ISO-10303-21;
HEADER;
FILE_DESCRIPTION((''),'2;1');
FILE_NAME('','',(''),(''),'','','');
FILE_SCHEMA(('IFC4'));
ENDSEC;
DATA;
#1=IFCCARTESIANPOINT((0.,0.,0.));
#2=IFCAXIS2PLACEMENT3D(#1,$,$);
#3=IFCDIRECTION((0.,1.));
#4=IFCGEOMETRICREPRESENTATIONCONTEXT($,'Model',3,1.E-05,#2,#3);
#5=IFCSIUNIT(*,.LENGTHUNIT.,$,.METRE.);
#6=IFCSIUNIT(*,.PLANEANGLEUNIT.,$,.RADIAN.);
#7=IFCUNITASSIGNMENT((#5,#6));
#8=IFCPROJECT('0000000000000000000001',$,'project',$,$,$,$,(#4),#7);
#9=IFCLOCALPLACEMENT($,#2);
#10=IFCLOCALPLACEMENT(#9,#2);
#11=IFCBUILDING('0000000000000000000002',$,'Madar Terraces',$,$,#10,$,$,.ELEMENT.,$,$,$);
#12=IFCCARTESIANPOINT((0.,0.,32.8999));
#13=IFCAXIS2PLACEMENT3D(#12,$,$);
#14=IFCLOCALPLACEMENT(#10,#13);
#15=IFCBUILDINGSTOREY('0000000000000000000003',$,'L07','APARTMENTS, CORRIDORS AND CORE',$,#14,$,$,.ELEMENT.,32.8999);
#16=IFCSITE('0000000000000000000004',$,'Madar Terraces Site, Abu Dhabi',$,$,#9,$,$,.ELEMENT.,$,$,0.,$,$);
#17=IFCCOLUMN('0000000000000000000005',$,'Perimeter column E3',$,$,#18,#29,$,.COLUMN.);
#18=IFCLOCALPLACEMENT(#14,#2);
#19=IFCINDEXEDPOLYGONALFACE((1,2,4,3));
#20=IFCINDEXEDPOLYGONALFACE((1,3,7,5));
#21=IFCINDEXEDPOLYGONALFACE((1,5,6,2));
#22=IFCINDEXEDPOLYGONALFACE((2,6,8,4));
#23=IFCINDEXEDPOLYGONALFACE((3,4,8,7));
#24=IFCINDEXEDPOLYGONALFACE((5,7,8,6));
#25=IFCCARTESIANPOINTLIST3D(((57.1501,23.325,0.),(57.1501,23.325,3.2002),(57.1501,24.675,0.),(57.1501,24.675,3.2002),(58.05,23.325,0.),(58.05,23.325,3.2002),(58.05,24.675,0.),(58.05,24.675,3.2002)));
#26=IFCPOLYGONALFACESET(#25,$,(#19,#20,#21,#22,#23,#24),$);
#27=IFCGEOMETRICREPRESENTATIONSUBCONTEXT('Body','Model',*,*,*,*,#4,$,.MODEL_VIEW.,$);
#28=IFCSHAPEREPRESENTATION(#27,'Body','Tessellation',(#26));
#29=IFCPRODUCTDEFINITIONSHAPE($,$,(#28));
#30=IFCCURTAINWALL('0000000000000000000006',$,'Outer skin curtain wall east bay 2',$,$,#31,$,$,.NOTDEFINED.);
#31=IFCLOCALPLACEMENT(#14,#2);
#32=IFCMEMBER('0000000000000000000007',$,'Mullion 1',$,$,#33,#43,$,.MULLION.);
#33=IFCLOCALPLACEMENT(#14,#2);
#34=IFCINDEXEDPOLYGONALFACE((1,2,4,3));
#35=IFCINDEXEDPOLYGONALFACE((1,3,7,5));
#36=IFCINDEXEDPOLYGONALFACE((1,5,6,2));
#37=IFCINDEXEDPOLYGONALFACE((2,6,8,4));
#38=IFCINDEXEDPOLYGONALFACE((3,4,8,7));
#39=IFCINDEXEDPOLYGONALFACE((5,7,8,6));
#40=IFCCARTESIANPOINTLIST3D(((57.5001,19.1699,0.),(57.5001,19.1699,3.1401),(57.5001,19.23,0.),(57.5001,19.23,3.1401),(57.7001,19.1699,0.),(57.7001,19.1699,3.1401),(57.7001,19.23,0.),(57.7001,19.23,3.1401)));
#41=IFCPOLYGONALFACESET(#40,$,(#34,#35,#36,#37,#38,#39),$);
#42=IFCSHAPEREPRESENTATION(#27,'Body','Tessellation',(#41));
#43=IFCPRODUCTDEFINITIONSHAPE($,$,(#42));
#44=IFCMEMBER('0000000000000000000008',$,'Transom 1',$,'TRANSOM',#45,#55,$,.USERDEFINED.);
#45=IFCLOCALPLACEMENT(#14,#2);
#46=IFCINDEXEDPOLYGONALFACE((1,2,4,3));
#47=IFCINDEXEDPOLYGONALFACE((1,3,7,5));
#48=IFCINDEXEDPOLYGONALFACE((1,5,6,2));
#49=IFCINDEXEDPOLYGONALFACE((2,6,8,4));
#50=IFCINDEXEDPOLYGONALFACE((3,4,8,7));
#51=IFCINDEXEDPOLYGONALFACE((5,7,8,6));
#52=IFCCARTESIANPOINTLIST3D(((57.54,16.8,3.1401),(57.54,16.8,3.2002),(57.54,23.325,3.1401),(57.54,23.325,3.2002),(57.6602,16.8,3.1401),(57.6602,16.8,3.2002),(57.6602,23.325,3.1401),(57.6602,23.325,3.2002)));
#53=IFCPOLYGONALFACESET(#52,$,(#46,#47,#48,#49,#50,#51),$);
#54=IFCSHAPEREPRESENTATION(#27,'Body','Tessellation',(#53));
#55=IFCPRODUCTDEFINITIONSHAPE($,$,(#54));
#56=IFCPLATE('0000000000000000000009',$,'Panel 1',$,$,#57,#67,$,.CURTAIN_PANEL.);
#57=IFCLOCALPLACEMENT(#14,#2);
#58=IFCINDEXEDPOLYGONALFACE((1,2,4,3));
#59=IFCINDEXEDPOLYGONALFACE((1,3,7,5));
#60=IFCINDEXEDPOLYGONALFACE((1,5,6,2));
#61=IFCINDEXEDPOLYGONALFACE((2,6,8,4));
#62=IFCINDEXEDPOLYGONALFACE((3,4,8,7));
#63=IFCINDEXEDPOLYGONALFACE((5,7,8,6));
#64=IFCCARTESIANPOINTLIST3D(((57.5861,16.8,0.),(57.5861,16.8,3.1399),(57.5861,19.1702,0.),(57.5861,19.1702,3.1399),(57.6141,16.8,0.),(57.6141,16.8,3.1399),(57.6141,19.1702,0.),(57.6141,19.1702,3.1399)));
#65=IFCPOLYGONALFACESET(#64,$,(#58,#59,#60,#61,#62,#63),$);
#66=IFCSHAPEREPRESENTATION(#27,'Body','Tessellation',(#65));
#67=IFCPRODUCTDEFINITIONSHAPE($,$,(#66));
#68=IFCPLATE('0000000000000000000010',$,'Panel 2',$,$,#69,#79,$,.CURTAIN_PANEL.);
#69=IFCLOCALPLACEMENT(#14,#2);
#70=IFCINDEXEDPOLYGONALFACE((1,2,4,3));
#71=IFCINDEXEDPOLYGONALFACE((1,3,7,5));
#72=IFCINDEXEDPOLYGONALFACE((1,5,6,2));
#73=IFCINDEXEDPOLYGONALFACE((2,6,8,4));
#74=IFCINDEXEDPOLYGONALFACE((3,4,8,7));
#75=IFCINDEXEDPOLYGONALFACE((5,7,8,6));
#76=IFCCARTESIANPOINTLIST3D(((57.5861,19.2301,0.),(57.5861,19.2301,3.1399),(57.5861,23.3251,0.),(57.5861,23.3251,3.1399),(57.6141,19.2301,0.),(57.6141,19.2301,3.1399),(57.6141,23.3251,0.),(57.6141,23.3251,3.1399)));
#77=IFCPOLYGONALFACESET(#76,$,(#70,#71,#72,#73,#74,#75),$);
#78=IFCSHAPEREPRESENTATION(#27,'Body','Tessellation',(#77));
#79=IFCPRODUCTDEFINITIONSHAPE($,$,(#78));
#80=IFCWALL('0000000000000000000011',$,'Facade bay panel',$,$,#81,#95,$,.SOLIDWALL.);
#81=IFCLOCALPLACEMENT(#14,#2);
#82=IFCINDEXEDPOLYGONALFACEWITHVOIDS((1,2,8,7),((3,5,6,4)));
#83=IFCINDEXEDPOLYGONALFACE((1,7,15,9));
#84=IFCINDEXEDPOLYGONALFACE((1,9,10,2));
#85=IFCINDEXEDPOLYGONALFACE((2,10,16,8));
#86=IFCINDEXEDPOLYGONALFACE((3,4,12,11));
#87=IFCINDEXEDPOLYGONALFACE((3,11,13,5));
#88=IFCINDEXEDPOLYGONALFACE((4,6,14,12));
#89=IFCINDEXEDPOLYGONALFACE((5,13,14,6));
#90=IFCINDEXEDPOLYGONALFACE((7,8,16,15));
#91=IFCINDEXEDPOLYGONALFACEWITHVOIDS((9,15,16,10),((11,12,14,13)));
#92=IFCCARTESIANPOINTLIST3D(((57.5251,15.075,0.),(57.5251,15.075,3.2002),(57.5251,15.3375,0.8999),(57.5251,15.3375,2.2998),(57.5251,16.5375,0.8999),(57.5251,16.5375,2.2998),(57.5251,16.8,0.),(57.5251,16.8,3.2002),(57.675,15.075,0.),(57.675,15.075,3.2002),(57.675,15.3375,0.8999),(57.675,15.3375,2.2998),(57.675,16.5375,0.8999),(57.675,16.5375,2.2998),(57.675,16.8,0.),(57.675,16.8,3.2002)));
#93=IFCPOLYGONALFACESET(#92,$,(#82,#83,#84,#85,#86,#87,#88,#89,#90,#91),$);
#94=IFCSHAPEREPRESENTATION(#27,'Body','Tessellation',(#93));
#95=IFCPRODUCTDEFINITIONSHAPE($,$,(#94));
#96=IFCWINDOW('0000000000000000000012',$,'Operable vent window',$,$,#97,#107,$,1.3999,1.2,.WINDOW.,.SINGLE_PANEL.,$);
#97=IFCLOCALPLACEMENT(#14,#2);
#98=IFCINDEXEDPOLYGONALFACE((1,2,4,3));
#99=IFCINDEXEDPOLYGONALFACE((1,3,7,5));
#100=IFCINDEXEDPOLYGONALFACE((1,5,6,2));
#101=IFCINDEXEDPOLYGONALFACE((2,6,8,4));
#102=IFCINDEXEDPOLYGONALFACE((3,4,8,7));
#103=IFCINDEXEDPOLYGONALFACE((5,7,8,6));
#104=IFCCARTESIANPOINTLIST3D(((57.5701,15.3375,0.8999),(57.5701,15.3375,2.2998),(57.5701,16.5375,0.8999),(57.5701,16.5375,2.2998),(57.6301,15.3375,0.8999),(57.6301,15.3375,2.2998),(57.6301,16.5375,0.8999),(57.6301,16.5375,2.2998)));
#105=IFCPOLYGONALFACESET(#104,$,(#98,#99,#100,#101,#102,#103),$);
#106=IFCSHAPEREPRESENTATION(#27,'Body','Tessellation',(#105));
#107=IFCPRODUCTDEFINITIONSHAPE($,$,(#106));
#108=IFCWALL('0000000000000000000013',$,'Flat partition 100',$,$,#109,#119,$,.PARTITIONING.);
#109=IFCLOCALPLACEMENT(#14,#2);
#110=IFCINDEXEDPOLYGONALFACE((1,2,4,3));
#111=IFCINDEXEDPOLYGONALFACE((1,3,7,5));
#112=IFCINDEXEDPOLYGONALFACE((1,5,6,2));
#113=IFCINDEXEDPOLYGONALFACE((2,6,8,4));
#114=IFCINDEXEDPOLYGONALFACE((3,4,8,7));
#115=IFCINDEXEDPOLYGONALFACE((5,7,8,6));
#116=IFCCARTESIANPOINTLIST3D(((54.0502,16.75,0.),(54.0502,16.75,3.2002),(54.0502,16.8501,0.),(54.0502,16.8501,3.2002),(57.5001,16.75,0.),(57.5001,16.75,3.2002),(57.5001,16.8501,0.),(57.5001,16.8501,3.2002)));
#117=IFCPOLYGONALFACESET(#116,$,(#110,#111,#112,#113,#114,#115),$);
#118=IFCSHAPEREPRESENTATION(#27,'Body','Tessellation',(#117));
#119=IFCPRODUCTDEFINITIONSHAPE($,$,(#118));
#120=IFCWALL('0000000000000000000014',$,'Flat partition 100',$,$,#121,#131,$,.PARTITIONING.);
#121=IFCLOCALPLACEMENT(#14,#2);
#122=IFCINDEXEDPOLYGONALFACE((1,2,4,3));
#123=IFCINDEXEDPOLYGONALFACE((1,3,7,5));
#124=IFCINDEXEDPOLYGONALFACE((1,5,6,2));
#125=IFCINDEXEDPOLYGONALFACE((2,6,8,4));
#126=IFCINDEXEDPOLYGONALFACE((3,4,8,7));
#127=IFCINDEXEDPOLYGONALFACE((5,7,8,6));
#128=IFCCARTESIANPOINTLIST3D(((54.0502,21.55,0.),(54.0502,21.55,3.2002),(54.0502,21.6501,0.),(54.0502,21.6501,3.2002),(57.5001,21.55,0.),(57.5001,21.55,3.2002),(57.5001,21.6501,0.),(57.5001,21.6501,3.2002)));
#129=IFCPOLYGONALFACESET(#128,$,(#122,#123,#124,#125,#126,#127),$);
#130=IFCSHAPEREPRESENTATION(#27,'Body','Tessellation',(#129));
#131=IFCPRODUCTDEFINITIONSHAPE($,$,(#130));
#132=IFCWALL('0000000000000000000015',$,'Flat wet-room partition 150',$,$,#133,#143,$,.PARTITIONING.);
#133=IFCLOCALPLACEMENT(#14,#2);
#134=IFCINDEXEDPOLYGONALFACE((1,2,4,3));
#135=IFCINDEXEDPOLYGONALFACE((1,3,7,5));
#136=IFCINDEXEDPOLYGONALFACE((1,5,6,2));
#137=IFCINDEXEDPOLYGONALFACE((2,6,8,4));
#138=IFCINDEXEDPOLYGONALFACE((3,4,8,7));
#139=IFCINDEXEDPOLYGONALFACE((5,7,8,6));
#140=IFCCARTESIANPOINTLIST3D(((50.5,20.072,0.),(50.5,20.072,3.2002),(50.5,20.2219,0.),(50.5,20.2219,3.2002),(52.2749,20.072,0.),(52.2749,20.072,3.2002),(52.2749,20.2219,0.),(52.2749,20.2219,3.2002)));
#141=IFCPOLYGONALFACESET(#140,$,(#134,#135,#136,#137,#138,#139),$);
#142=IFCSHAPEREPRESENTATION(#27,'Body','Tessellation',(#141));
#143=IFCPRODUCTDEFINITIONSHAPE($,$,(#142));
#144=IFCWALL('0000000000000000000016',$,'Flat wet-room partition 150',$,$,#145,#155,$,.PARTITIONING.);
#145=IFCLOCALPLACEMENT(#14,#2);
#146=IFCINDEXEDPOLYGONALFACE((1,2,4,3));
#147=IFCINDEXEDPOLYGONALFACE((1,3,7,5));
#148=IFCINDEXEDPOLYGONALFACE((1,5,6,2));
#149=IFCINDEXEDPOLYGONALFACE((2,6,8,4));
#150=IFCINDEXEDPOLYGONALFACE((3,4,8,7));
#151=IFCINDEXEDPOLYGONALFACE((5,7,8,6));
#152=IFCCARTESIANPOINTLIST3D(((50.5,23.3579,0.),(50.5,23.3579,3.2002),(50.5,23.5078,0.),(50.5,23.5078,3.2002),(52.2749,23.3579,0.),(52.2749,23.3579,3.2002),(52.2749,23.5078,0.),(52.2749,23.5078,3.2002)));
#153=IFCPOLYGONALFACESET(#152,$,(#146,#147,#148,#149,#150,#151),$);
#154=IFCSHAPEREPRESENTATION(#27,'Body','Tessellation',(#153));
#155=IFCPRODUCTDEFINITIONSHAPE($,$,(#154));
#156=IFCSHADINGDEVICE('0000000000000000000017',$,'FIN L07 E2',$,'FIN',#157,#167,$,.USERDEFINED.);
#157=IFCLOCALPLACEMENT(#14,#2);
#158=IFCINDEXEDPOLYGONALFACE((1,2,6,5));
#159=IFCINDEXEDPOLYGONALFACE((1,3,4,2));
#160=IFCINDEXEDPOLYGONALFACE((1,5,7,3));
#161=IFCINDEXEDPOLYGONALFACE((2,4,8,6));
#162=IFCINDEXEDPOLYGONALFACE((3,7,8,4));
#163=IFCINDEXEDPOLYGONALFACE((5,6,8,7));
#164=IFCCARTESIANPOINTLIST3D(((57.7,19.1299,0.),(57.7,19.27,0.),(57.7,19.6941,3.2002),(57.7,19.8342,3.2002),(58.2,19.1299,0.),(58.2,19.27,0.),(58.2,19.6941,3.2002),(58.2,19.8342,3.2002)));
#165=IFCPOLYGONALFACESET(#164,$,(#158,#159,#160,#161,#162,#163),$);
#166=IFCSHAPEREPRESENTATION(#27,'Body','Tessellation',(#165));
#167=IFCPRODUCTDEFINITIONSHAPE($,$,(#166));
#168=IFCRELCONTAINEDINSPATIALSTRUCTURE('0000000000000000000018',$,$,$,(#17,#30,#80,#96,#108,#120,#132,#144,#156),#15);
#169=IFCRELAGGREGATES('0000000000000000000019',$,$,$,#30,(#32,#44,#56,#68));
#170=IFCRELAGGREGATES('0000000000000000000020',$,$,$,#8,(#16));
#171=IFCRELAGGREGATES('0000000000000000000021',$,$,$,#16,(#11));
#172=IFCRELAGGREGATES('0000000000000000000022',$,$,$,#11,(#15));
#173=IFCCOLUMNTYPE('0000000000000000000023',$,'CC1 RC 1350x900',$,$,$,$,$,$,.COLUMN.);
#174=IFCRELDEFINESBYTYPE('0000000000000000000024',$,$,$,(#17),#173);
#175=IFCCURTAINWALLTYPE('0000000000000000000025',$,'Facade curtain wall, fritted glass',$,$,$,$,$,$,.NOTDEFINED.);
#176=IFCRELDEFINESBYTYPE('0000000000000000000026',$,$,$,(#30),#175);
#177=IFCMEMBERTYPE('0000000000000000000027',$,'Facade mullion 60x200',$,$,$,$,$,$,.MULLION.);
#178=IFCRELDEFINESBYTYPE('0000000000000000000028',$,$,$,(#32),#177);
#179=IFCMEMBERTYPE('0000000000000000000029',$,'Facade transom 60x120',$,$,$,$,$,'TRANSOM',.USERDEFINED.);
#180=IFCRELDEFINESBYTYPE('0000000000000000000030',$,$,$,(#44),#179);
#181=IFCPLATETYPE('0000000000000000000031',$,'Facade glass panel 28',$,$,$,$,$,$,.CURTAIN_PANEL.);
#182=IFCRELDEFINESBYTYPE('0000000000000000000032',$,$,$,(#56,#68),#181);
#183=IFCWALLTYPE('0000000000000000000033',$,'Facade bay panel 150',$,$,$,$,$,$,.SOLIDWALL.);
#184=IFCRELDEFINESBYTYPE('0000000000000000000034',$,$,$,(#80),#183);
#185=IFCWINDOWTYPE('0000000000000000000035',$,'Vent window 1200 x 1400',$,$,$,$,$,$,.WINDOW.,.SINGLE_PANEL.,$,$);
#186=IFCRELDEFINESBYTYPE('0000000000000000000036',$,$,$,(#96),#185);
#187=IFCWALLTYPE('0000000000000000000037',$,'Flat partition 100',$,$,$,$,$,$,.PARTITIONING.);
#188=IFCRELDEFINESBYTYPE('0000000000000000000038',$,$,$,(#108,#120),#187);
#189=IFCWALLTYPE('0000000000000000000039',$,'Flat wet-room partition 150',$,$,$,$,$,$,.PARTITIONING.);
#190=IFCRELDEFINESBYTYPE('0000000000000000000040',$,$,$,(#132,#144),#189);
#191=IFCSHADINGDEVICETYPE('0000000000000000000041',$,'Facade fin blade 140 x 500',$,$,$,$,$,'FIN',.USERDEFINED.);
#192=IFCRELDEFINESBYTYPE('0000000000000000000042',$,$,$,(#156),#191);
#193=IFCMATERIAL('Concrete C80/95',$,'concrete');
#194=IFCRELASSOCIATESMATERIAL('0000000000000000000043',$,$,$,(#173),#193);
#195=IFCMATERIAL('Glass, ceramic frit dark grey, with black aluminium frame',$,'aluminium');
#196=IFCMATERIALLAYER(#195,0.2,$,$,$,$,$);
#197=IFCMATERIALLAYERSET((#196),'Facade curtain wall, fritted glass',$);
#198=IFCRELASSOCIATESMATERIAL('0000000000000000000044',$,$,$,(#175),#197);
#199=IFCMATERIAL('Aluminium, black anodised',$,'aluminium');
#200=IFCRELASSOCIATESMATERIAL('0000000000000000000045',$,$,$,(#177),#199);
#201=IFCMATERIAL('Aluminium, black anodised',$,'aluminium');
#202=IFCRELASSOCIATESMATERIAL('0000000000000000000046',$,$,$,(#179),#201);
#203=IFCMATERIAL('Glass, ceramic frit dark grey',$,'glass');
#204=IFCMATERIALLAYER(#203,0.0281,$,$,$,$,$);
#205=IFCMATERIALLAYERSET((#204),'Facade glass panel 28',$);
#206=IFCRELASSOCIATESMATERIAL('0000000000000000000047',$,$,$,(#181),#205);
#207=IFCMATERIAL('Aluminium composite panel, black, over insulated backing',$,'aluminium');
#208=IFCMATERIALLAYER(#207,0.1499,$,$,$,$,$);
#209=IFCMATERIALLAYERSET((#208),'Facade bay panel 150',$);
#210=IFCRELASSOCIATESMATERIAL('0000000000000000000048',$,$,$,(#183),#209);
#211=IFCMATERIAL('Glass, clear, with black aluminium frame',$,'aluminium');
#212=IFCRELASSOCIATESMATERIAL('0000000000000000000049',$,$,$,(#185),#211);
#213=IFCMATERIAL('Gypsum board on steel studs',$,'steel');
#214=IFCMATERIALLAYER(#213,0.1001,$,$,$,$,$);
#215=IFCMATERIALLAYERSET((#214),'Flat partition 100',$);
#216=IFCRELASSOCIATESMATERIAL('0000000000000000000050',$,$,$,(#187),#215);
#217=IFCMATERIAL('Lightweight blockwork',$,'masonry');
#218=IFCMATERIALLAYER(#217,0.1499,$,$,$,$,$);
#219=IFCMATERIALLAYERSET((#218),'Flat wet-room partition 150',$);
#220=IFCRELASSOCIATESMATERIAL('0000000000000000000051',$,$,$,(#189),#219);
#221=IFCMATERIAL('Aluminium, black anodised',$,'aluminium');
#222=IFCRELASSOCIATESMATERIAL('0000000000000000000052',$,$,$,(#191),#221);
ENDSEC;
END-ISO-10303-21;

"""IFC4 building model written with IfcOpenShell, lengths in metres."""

from ifc_helpers import new_model, si_unit, direction, frame, frame_2d, origin, origin_2d, place, context, subcontext, project, spatial, polyline, rectangle, outline, extrude, material, layer, layer_set, material_profile, profile_set, type_object, element, fill, aggregate, save


model = new_model("IFC4")

# Units and contexts
model_context = context("Model", 3, precision=1e-05, world=origin(), true_north=direction((0.0, 1.0)))
body_context = subcontext(model_context, "Body", "Model", "MODEL_VIEW")
ifc_project = project(units=[si_unit("LENGTHUNIT", "METRE"), si_unit("PLANEANGLEUNIT", "RADIAN")], contexts=[model_context])

# Site, building, storey
site_placement = place(None, origin())
site = spatial("IfcSite", under=ifc_project, at=site_placement, Name="Madar Terraces Site, Abu Dhabi", CompositionType="ELEMENT", RefElevation=0.0)
building_placement = place(site_placement, origin())
building = spatial("IfcBuilding", under=site, at=building_placement, Name="Madar Terraces", CompositionType="ELEMENT")
storey_placement = place(building_placement, frame((0.0, 0.0, 32.8999)))
storey = spatial("IfcBuildingStorey", under=building, at=storey_placement, Name="L07", Description="APARTMENTS, CORRIDORS AND CORE", CompositionType="ELEMENT", Elevation=32.8999)

# Column
ifc_material_1 = material(Name="Concrete C80/95", Category="concrete")
ifc_material_profile_1 = material_profile(ifc_material_1, rectangle(XDim=1.3501, YDim=0.8999, at=origin_2d()), Name="CC1 RC 1350x900")
ifc_profile_set_1 = profile_set([ifc_material_profile_1], Name="Concrete C80/95")
column_type = type_object("IfcColumnType", Name="CC1 RC 1350x900", PredefinedType="COLUMN", material=ifc_profile_set_1)
column_placement = place(storey_placement, frame((57.6001, 24.0, 0.0), z_axis=(0.0, 0.0, 1.0), x_axis=(0.0, 1.0, 0.0)))
element("IfcColumn", 1, at=column_placement, inside=storey, type_object=column_type, Name="Perimeter column E3", PredefinedType="COLUMN", context=body_context, shape_type="SweptSolid", body=[
    extrude(rectangle(XDim=1.3501, YDim=0.8999, at=origin_2d()), origin(), (0.0, 0.0, 1.0), 3.2002),
])

# Curtain wall, members, plates
ifc_material_2 = material(Name="Glass, ceramic frit dark grey, with black aluminium frame", Category="aluminium")
ifc_layer_1 = layer(ifc_material_2, 0.2)
ifc_layer_set_1 = layer_set([ifc_layer_1], Name="Facade curtain wall, fritted glass")
curtain_wall_type = type_object("IfcCurtainWallType", Name="Facade curtain wall, fritted glass", PredefinedType="NOTDEFINED", material=ifc_layer_set_1)
curtain_wall_placement = place(storey_placement, origin())
curtain_wall = element("IfcCurtainWall", 2, at=curtain_wall_placement, inside=storey, type_object=curtain_wall_type, Name="Outer skin curtain wall east bay 2", PredefinedType="NOTDEFINED")
ifc_material_3 = material(Name="Aluminium, black anodised", Category="aluminium")
ifc_material_profile_2 = material_profile(ifc_material_3, rectangle(XDim=0.2, YDim=0.0601, at=origin_2d()), Name="Facade mullion 60x200")
ifc_profile_set_2 = profile_set([ifc_material_profile_2], Name="Aluminium, black anodised")
member_type_1 = type_object("IfcMemberType", Name="Facade mullion 60x200", PredefinedType="MULLION", material=ifc_profile_set_2)
member_1_placement = place(storey_placement, frame((57.6001, 19.2, 0.0), z_axis=(0.0, 0.0, 1.0), x_axis=(-1.0, 0.0, 0.0)))
member_1 = element("IfcMember", 3, at=member_1_placement, type_object=member_type_1, Name="Mullion 1", PredefinedType="MULLION", context=body_context, shape_type="SweptSolid", body=[
    extrude(rectangle(XDim=0.2, YDim=0.0601, at=origin_2d()), origin(), (0.0, 0.0, 1.0), 3.1401),
])
ifc_material_4 = material(Name="Aluminium, black anodised", Category="aluminium")
ifc_material_profile_3 = material_profile(ifc_material_4, rectangle(XDim=0.1201, YDim=0.0601, at=origin_2d()), Name="Facade transom 60x120")
ifc_profile_set_3 = profile_set([ifc_material_profile_3], Name="Aluminium, black anodised")
member_type_2 = type_object("IfcMemberType", Name="Facade transom 60x120", ElementType="TRANSOM", PredefinedType="USERDEFINED", material=ifc_profile_set_3)
member_2_placement = place(storey_placement, frame((57.6001, 16.8, 3.1702), z_axis=(0.0, 1.0, 0.0), x_axis=(-1.0, 0.0, 0.0)))
member_2 = element("IfcMember", 4, at=member_2_placement, type_object=member_type_2, Name="Transom 1", ObjectType="TRANSOM", PredefinedType="USERDEFINED", context=body_context, shape_type="SweptSolid", body=[
    extrude(rectangle(XDim=0.1201, YDim=0.0601, at=origin_2d()), origin(), (0.0, 0.0, 1.0), 6.5249),
])
ifc_material_5 = material(Name="Glass, ceramic frit dark grey", Category="glass")
ifc_layer_2 = layer(ifc_material_5, 0.0281)
ifc_layer_set_2 = layer_set([ifc_layer_2], Name="Facade glass panel 28")
plate_type = type_object("IfcPlateType", Name="Facade glass panel 28", PredefinedType="CURTAIN_PANEL", material=ifc_layer_set_2)
plate_1_placement = place(storey_placement, frame((57.6001, 17.9851, 0.0), z_axis=(0.0, 0.0, 1.0), x_axis=(0.0, 1.0, 0.0)))
plate_1 = element("IfcPlate", 5, at=plate_1_placement, type_object=plate_type, Name="Panel 1", PredefinedType="CURTAIN_PANEL", context=body_context, shape_type="SweptSolid", body=[
    extrude(rectangle(XDim=2.3701, YDim=0.0281, at=origin_2d()), origin(), (0.0, 0.0, 1.0), 3.1399),
])
plate_2_placement = place(storey_placement, frame((57.6001, 21.2776, 0.0), z_axis=(0.0, 0.0, 1.0), x_axis=(0.0, 1.0, 0.0)))
plate_2 = element("IfcPlate", 6, at=plate_2_placement, type_object=plate_type, Name="Panel 2", PredefinedType="CURTAIN_PANEL", context=body_context, shape_type="SweptSolid", body=[
    extrude(rectangle(XDim=4.095, YDim=0.0281, at=origin_2d()), origin(), (0.0, 0.0, 1.0), 3.1399),
])
aggregate(curtain_wall, [member_1, member_2, plate_1, plate_2])

# Wall, opening, window
ifc_material_6 = material(Name="Aluminium composite panel, black, over insulated backing", Category="aluminium")
ifc_layer_3 = layer(ifc_material_6, 0.1499)
ifc_layer_set_3 = layer_set([ifc_layer_3], Name="Facade bay panel 150")
wall_type_1 = type_object("IfcWallType", Name="Facade bay panel 150", PredefinedType="SOLIDWALL", material=ifc_layer_set_3)
wall_placement = place(storey_placement, frame((57.6001, 15.075, 0.0), z_axis=(0.0, 0.0, 1.0), x_axis=(0.0, 1.0, 0.0)))
wall = element("IfcWall", 7, at=wall_placement, inside=storey, type_object=wall_type_1, Name="Facade bay panel", PredefinedType="SOLIDWALL", context=body_context, shape_type="SweptSolid", body=[
    extrude(rectangle(XDim=1.7251, YDim=0.1499, at=frame_2d((0.8625, 0.0))), origin(), (0.0, 0.0, 1.0), 3.2002),
])
opening_placement = place(wall_placement, frame((0.2625, 0.0, 0.8999)))
opening = element("IfcOpeningElement", 8, at=opening_placement, cuts=wall, PredefinedType="OPENING", context=body_context, shape_type="SweptSolid", body=[
    extrude(rectangle(XDim=1.2, YDim=1.3999, at=frame_2d((0.6001, 0.7))), frame((0.0, 0.085, 0.0), z_axis=(0.0, -1.0, 0.0), x_axis=(1.0, 0.0, 0.0)), (0.0, 0.0, 1.0), 0.1699),
])
ifc_material_7 = material(Name="Glass, clear, with black aluminium frame", Category="aluminium")
window_type = type_object("IfcWindowType", Name="Vent window 1200 x 1400", PartitioningType="SINGLE_PANEL", PredefinedType="WINDOW", material=ifc_material_7)
window_placement = place(opening_placement, origin())
window = element("IfcWindow", 9, at=window_placement, inside=storey, type_object=window_type, Name="Operable vent window", OverallHeight=1.3999, OverallWidth=1.2, PartitioningType="SINGLE_PANEL", PredefinedType="WINDOW", context=body_context, shape_type="SweptSolid", body=[
    extrude(rectangle(XDim=1.2, YDim=1.3999, at=frame_2d((0.6001, 0.7))), frame((0.0, 0.03, 0.0), z_axis=(0.0, -1.0, 0.0), x_axis=(1.0, 0.0, 0.0)), (0.0, 0.0, 1.0), 0.0601),
])
fill(opening, window)

# Walls
ifc_material_8 = material(Name="Gypsum board on steel studs", Category="steel")
ifc_layer_4 = layer(ifc_material_8, 0.1001)
ifc_layer_set_4 = layer_set([ifc_layer_4], Name="Flat partition 100")
wall_type_2 = type_object("IfcWallType", Name="Flat partition 100", PredefinedType="PARTITIONING", material=ifc_layer_set_4)
for number, where, z_axis, x_axis, name in (
    (10, (54.05, 16.8, 0.0), (0.0, 0.0, 1.0), (1.0, 0.0, 0.0), "Flat partition 100"),
    (11, (54.05, 21.6001, 0.0), (0.0, 0.0, 1.0), (1.0, 0.0, 0.0), "Flat partition 100"),
):
    element("IfcWall", number, at=place(storey_placement, frame(where, z_axis=z_axis, x_axis=x_axis)), inside=storey, type_object=wall_type_2, Name=name, PredefinedType="PARTITIONING", context=body_context, shape_type="SweptSolid", body=[
        extrude(rectangle(XDim=3.45, YDim=0.1001, at=frame_2d((1.7251, 0.0))), origin(), (0.0, 0.0, 1.0), 3.2002),
    ])
ifc_material_9 = material(Name="Lightweight blockwork", Category="masonry")
ifc_layer_5 = layer(ifc_material_9, 0.1499)
ifc_layer_set_5 = layer_set([ifc_layer_5], Name="Flat wet-room partition 150")
wall_type_3 = type_object("IfcWallType", Name="Flat wet-room partition 150", PredefinedType="PARTITIONING", material=ifc_layer_set_5)
for number, where, z_axis, x_axis, name in (
    (12, (50.5, 20.147, 0.0), (0.0, 0.0, 1.0), (1.0, 0.0, 0.0), "Flat wet-room partition 150"),
    (13, (50.5, 23.4329, 0.0), (0.0, 0.0, 1.0), (1.0, 0.0, 0.0), "Flat wet-room partition 150"),
):
    element("IfcWall", number, at=place(storey_placement, frame(where, z_axis=z_axis, x_axis=x_axis)), inside=storey, type_object=wall_type_3, Name=name, PredefinedType="PARTITIONING", context=body_context, shape_type="SweptSolid", body=[
        extrude(rectangle(XDim=1.7749, YDim=0.1499, at=frame_2d((0.8875, 0.0))), origin(), (0.0, 0.0, 1.0), 3.2002),
    ])

# Shading device
ifc_material_10 = material(Name="Aluminium, black anodised", Category="aluminium")
shading_device_type = type_object("IfcShadingDeviceType", Name="Facade fin blade 140 x 500", ElementType="FIN", PredefinedType="USERDEFINED", material=ifc_material_10)
shading_device_placement = place(storey_placement, frame((57.95, 19.1299, 0.0), z_axis=(0.0, 0.0, 1.0), x_axis=(0.0, 1.0, 0.0)))
element("IfcShadingDevice", 14, at=shading_device_placement, inside=storey, type_object=shading_device_type, Name="FIN L07 E2", ObjectType="FIN", PredefinedType="USERDEFINED", context=body_context, shape_type="SweptSolid", body=[
    extrude(outline(polyline([(0.0, 0.0), (0.1401, 0.0), (0.7043, 3.2002), (0.5642, 3.2002), (0.0, 0.0)])), frame((0.0, 0.25, 0.0), z_axis=(0.0, -1.0, 0.0), x_axis=(1.0, 0.0, 0.0)), (0.0, 0.0, 1.0), 0.5),
])

save(model, "model.ifc")
